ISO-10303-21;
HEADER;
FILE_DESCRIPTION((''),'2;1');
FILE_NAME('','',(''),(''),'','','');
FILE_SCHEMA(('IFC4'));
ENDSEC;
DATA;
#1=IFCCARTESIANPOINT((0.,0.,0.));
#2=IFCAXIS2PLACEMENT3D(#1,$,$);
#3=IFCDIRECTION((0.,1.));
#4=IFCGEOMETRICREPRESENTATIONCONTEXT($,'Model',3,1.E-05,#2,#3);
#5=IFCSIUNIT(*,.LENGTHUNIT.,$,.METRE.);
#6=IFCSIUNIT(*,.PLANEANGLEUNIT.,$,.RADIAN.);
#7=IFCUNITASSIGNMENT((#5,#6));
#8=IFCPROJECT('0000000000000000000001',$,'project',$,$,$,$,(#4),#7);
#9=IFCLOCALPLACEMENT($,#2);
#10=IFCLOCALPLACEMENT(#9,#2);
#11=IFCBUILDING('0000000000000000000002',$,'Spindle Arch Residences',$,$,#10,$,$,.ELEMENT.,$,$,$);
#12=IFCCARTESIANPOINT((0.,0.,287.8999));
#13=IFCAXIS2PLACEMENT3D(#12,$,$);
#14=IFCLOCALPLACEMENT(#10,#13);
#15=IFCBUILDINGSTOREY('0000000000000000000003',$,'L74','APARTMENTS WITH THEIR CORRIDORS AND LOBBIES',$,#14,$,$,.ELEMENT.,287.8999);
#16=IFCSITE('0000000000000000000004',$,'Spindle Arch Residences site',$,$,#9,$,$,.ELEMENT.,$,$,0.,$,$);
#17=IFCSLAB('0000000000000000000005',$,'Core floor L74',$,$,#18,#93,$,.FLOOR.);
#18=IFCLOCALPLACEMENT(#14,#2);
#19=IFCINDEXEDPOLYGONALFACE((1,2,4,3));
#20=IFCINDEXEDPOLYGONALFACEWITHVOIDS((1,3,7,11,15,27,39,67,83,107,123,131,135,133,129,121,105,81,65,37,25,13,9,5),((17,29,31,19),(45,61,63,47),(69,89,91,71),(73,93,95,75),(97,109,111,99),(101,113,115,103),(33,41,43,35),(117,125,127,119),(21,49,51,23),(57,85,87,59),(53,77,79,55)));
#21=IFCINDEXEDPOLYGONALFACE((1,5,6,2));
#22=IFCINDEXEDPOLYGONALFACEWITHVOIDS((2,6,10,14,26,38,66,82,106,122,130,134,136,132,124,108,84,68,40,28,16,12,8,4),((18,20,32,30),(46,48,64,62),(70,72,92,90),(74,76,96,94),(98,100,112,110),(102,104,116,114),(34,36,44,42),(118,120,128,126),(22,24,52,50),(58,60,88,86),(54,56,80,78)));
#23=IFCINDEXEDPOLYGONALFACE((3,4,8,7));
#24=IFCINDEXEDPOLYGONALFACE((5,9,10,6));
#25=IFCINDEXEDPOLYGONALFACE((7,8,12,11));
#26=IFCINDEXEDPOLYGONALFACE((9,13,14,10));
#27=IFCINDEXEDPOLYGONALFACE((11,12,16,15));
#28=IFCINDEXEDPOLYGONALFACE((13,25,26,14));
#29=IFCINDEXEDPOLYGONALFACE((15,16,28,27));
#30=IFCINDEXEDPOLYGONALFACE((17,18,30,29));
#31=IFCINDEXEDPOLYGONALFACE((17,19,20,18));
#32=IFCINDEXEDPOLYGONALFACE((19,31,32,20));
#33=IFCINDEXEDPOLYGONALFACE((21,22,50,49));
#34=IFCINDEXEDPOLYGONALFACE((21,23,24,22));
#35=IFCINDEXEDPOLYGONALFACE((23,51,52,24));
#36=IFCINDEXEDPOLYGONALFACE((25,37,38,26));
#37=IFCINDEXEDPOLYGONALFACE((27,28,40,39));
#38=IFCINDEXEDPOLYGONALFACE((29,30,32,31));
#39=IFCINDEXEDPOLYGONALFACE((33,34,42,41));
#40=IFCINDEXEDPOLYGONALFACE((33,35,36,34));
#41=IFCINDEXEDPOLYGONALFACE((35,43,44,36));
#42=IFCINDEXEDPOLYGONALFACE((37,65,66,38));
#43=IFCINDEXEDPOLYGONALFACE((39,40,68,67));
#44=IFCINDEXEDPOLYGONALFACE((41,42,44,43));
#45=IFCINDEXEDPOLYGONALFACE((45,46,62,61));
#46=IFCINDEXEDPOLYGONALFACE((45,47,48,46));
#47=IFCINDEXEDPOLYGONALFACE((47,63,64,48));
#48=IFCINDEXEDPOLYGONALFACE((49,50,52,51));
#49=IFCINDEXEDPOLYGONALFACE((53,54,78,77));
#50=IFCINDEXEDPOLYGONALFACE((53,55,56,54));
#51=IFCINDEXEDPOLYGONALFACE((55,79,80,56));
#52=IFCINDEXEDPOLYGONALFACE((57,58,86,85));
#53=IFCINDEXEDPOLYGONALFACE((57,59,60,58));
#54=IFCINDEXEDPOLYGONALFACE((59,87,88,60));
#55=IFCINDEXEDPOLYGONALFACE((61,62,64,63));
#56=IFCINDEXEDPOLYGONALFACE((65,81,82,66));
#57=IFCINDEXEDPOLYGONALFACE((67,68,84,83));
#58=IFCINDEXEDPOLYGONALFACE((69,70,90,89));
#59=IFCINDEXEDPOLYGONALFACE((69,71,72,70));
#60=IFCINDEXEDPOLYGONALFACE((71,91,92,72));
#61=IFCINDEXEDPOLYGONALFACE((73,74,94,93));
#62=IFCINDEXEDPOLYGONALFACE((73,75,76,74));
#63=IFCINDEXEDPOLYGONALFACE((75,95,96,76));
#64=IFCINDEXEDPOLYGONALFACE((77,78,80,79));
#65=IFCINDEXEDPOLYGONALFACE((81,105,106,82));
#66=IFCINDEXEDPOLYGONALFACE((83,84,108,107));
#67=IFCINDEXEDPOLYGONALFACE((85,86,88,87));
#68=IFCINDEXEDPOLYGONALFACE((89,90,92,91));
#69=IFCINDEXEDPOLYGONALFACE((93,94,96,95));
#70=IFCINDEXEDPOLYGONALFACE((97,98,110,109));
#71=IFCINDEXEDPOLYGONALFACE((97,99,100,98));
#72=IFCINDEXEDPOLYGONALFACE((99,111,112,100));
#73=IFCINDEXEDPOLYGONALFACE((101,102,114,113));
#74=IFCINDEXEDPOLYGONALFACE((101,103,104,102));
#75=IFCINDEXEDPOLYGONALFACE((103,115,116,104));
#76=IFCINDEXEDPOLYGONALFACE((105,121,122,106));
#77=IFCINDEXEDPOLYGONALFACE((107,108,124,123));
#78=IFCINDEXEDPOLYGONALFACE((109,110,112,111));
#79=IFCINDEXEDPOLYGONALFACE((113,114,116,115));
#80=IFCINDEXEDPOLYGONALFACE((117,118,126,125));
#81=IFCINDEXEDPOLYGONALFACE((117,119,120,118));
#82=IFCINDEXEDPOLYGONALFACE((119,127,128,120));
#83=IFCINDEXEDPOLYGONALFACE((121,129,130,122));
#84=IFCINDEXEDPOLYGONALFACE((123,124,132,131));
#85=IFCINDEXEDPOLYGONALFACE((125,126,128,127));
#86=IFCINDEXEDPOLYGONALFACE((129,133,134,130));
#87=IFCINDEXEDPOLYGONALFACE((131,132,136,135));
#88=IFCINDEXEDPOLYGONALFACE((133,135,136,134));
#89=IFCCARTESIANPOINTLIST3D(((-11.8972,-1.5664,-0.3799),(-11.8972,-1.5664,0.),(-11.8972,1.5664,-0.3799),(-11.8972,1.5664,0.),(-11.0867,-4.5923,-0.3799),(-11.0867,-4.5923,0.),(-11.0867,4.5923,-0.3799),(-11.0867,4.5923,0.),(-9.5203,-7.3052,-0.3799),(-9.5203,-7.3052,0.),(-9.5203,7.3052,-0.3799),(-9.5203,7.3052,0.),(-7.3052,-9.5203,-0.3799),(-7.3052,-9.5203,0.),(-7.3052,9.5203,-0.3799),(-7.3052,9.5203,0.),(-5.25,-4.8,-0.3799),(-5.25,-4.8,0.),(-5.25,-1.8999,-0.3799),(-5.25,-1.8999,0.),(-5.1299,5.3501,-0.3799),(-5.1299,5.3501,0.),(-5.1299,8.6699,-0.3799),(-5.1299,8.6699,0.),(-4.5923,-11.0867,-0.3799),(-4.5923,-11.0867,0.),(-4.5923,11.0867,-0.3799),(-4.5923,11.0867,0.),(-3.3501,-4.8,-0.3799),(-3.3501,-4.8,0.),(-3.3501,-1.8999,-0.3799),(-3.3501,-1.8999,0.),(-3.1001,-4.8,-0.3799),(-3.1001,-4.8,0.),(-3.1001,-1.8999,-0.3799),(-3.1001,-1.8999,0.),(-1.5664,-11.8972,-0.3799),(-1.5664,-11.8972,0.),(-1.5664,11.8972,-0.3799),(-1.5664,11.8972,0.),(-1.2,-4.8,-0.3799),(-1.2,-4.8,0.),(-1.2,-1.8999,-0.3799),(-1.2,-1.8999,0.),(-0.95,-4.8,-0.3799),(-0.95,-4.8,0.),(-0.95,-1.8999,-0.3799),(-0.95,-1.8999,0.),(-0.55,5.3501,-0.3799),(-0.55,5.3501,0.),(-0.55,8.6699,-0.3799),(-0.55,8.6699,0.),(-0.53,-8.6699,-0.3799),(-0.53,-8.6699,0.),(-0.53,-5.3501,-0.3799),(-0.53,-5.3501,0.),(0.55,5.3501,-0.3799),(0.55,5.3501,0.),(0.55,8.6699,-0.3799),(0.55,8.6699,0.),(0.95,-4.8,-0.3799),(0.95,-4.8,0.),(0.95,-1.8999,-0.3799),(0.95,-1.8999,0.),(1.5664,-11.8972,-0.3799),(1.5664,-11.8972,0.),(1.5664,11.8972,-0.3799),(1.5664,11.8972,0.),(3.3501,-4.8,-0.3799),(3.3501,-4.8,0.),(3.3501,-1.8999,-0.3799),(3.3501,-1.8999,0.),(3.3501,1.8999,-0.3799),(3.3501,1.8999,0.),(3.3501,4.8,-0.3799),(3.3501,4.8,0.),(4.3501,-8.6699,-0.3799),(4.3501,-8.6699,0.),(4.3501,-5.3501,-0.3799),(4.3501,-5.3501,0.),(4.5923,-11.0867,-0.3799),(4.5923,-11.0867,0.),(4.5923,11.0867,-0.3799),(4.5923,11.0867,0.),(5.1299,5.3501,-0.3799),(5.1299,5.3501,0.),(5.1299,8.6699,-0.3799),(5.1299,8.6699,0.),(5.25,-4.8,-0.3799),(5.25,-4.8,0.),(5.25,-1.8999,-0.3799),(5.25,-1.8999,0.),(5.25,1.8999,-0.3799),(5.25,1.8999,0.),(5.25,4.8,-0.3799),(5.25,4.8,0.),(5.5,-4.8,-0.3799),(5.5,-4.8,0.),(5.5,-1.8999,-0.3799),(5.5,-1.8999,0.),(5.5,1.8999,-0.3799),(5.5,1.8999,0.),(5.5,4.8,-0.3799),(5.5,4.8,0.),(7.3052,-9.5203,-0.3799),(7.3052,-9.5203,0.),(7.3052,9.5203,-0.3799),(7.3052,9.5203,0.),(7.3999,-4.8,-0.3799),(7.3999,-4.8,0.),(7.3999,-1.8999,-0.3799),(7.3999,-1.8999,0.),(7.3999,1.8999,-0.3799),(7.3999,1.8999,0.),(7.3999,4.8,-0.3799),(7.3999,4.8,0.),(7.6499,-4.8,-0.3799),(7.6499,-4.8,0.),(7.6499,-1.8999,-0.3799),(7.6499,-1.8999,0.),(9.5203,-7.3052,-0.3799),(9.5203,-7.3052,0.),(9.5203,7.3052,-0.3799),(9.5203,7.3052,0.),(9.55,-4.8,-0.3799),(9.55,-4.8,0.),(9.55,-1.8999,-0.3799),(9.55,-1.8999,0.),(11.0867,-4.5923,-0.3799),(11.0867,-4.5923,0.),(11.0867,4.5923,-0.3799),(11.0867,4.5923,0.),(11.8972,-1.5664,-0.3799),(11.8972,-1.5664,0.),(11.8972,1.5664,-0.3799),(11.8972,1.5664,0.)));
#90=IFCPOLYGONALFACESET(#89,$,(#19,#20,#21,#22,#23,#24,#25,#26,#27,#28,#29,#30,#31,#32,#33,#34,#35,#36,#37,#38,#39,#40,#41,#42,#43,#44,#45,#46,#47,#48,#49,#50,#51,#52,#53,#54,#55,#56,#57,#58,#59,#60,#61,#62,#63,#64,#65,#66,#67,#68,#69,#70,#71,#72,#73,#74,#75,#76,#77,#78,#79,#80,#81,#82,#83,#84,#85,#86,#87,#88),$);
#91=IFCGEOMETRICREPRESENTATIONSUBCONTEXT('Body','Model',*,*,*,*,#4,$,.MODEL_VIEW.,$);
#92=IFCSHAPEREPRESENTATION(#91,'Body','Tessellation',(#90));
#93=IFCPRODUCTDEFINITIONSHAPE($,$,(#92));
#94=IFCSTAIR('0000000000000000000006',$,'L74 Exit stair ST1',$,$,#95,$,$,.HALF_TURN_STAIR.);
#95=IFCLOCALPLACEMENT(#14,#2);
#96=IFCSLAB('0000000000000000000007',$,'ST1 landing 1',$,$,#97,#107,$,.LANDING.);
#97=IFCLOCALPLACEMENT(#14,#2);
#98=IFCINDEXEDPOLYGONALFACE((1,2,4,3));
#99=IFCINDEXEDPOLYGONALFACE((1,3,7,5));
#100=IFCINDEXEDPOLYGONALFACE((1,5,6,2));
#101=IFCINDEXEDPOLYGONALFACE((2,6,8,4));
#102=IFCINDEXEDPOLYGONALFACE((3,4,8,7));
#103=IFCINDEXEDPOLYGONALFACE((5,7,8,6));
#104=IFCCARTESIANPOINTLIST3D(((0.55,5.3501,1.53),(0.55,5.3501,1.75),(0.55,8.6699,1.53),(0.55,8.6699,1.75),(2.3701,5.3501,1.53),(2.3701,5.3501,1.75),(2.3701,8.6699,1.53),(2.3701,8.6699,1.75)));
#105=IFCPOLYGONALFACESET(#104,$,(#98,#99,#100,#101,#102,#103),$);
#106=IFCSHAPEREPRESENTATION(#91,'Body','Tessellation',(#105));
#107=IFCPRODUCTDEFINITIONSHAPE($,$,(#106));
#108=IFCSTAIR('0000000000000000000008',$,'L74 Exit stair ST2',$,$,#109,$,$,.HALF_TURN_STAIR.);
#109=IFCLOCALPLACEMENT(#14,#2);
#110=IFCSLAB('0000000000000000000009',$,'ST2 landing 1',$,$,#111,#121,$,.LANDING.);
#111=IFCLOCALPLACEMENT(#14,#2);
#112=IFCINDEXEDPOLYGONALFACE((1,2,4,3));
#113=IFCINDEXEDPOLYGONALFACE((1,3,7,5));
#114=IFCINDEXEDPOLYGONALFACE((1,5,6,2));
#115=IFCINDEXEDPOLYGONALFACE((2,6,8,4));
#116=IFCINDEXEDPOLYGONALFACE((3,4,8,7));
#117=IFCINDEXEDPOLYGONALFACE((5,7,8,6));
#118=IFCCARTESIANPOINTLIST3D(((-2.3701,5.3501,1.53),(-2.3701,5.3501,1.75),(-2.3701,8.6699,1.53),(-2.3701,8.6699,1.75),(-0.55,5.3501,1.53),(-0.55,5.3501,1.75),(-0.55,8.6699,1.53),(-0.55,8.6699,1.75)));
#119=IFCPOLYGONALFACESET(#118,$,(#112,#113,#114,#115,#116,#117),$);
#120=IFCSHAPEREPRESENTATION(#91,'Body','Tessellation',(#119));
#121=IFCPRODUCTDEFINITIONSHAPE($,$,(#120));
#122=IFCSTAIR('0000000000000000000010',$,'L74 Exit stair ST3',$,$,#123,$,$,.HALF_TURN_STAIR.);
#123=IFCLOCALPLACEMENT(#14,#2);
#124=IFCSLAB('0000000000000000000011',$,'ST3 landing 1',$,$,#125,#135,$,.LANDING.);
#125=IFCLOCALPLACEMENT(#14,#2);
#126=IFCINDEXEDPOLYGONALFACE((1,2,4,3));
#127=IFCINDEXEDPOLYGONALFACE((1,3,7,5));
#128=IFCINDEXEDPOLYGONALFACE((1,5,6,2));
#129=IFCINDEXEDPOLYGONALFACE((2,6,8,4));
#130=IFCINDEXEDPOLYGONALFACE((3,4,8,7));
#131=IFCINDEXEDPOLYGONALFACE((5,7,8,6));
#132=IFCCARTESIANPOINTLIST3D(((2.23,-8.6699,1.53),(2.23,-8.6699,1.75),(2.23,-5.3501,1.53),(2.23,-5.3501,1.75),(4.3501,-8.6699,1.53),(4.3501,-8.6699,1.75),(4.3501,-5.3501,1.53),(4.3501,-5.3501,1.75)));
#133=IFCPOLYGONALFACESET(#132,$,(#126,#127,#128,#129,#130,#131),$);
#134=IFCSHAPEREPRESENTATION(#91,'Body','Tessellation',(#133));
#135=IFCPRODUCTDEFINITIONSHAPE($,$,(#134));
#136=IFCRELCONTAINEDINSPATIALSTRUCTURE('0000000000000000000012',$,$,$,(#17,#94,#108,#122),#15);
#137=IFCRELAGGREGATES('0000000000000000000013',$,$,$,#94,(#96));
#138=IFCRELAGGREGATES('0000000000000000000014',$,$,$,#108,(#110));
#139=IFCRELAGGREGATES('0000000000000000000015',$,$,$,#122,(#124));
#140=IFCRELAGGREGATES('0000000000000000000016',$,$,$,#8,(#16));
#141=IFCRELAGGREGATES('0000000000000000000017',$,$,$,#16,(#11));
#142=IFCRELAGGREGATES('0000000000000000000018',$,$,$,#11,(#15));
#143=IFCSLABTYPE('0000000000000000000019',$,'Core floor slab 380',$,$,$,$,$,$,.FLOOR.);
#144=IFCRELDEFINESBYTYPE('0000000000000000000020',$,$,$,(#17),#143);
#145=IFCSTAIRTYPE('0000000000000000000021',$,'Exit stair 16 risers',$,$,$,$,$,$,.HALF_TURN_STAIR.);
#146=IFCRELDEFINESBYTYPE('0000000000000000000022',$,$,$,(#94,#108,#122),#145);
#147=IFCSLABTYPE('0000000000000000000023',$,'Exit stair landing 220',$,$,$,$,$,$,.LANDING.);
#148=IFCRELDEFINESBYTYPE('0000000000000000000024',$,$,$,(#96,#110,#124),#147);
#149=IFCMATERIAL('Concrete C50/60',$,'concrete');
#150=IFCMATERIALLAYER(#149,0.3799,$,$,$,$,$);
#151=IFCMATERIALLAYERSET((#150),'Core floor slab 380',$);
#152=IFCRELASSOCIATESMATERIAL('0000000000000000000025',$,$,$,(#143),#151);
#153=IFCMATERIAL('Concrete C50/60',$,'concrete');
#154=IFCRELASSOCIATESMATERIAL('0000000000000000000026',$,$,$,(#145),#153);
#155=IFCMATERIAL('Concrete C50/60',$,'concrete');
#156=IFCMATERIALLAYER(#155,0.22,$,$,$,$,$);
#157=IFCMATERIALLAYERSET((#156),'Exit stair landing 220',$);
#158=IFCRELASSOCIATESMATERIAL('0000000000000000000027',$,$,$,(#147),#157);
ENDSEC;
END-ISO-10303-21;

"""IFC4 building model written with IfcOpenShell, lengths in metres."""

from ifc_helpers import new_model, si_unit, direction, frame, origin, place, context, subcontext, project, spatial, polyline, outline, extrude, material, layer, layer_set, type_object, element, aggregate, save


model = new_model("IFC4")

# Units and contexts
model_context = context("Model", 3, precision=1e-05, world=origin(), true_north=direction((0.0, 1.0)))
body_context = subcontext(model_context, "Body", "Model", "MODEL_VIEW")
ifc_project = project(units=[si_unit("LENGTHUNIT", "METRE"), si_unit("PLANEANGLEUNIT", "RADIAN")], contexts=[model_context])

# Site, building, storey
site_placement = place(None, origin())
site = spatial("IfcSite", under=ifc_project, at=site_placement, Name="Spindle Arch Residences site", CompositionType="ELEMENT", RefElevation=0.0)
building_placement = place(site_placement, origin())
building = spatial("IfcBuilding", under=site, at=building_placement, Name="Spindle Arch Residences", CompositionType="ELEMENT")
storey_placement = place(building_placement, frame((0.0, 0.0, 287.8999)))
storey = spatial("IfcBuildingStorey", under=building, at=storey_placement, Name="L74", Description="APARTMENTS WITH THEIR CORRIDORS AND LOBBIES", CompositionType="ELEMENT", Elevation=287.8999)

# Slab
ifc_material_1 = material(Name="Concrete C50/60", Category="concrete")
ifc_layer_1 = layer(ifc_material_1, 0.3799)
ifc_layer_set_1 = layer_set([ifc_layer_1], Name="Core floor slab 380")
slab_type_1 = type_object("IfcSlabType", Name="Core floor slab 380", PredefinedType="FLOOR", material=ifc_layer_set_1)
slab_1_placement = place(storey_placement, frame((0.0, 0.0, -0.3799)))
element("IfcSlab", 1, at=slab_1_placement, inside=storey, type_object=slab_type_1, Name="Core floor L74", PredefinedType="FLOOR", context=body_context, shape_type="SweptSolid", body=[
    extrude(outline(polyline([(1.5664, -11.8972), (4.5923, -11.0867), (7.3052, -9.5203), (9.5203, -7.3052), (11.0867, -4.5923), (11.8972, -1.5664), (11.8972, 1.5664), (11.0867, 4.5923), (9.5203, 7.3052), (7.3052, 9.5203), (4.5923, 11.0867), (1.5664, 11.8972), (-1.5664, 11.8972), (-4.5923, 11.0867), (-7.3052, 9.5203), (-9.5203, 7.3052), (-11.0867, 4.5923), (-11.8972, 1.5664), (-11.8972, -1.5664), (-11.0867, -4.5923), (-9.5203, -7.3052), (-7.3052, -9.5203), (-4.5923, -11.0867), (-1.5664, -11.8972), (1.5664, -11.8972)]), holes=[polyline([(3.3501, 1.8999), (5.25, 1.8999), (5.25, 4.8), (3.3501, 4.8), (3.3501, 1.8999)]), polyline([(5.5, 1.8999), (7.3999, 1.8999), (7.3999, 4.8), (5.5, 4.8), (5.5, 1.8999)]), polyline([(-5.25, -4.8), (-3.3501, -4.8), (-3.3501, -1.8999), (-5.25, -1.8999), (-5.25, -4.8)]), polyline([(-3.1001, -4.8), (-1.2, -4.8), (-1.2, -1.8999), (-3.1001, -1.8999), (-3.1001, -4.8)]), polyline([(-0.95, -4.8), (0.95, -4.8), (0.95, -1.8999), (-0.95, -1.8999), (-0.95, -4.8)]), polyline([(3.3501, -4.8), (5.25, -4.8), (5.25, -1.8999), (3.3501, -1.8999), (3.3501, -4.8)]), polyline([(5.5, -4.8), (7.3999, -4.8), (7.3999, -1.8999), (5.5, -1.8999), (5.5, -4.8)]), polyline([(7.6499, -4.8), (9.55, -4.8), (9.55, -1.8999), (7.6499, -1.8999), (7.6499, -4.8)]), polyline([(5.1299, 8.6699), (0.55, 8.6699), (0.55, 5.3501), (5.1299, 5.3501), (5.1299, 8.6699)]), polyline([(-5.1299, 5.3501), (-0.55, 5.3501), (-0.55, 8.6699), (-5.1299, 8.6699), (-5.1299, 5.3501)]), polyline([(-0.53, -8.6699), (4.3501, -8.6699), (4.3501, -5.3501), (-0.53, -5.3501), (-0.53, -8.6699)])]), origin(), (0.0, 0.0, 1.0), 0.3799),
])

# Stairs, slabs
ifc_material_2 = material(Name="Concrete C50/60", Category="concrete")
stair_type = type_object("IfcStairType", Name="Exit stair 16 risers", PredefinedType="HALF_TURN_STAIR", material=ifc_material_2)
stair_1_placement = place(storey_placement, origin())
stair_1 = element("IfcStair", 2, at=stair_1_placement, inside=storey, type_object=stair_type, Name="L74 Exit stair ST1", PredefinedType="HALF_TURN_STAIR")
ifc_material_3 = material(Name="Concrete C50/60", Category="concrete")
ifc_layer_2 = layer(ifc_material_3, 0.22)
ifc_layer_set_2 = layer_set([ifc_layer_2], Name="Exit stair landing 220")
slab_type_2 = type_object("IfcSlabType", Name="Exit stair landing 220", PredefinedType="LANDING", material=ifc_layer_set_2)
slab_2_placement = place(storey_placement, frame((0.0, 0.0, 1.53)))
slab_2 = element("IfcSlab", 3, at=slab_2_placement, type_object=slab_type_2, Name="ST1 landing 1", PredefinedType="LANDING", context=body_context, shape_type="SweptSolid", body=[
    extrude(outline(polyline([(2.3701, 8.6699), (0.55, 8.6699), (0.55, 5.3501), (2.3701, 5.3501), (2.3701, 8.6699)])), origin(), (0.0, 0.0, 1.0), 0.22),
])
aggregate(stair_1, [slab_2])
stair_2_placement = place(storey_placement, origin())
stair_2 = element("IfcStair", 4, at=stair_2_placement, inside=storey, type_object=stair_type, Name="L74 Exit stair ST2", PredefinedType="HALF_TURN_STAIR")
slab_3_placement = place(storey_placement, frame((0.0, 0.0, 1.53)))
slab_3 = element("IfcSlab", 5, at=slab_3_placement, type_object=slab_type_2, Name="ST2 landing 1", PredefinedType="LANDING", context=body_context, shape_type="SweptSolid", body=[
    extrude(outline(polyline([(-2.3701, 5.3501), (-0.55, 5.3501), (-0.55, 8.6699), (-2.3701, 8.6699), (-2.3701, 5.3501)])), origin(), (0.0, 0.0, 1.0), 0.22),
])
aggregate(stair_2, [slab_3])
stair_3_placement = place(storey_placement, origin())
stair_3 = element("IfcStair", 6, at=stair_3_placement, inside=storey, type_object=stair_type, Name="L74 Exit stair ST3", PredefinedType="HALF_TURN_STAIR")
slab_4_placement = place(storey_placement, frame((0.0, 0.0, 1.53)))
slab_4 = element("IfcSlab", 7, at=slab_4_placement, type_object=slab_type_2, Name="ST3 landing 1", PredefinedType="LANDING", context=body_context, shape_type="SweptSolid", body=[
    extrude(outline(polyline([(2.23, -8.6699), (4.3501, -8.6699), (4.3501, -5.3501), (2.23, -5.3501), (2.23, -8.6699)])), origin(), (0.0, 0.0, 1.0), 0.22),
])

aggregate(stair_3, [slab_4])

save(model, "model.ifc")
